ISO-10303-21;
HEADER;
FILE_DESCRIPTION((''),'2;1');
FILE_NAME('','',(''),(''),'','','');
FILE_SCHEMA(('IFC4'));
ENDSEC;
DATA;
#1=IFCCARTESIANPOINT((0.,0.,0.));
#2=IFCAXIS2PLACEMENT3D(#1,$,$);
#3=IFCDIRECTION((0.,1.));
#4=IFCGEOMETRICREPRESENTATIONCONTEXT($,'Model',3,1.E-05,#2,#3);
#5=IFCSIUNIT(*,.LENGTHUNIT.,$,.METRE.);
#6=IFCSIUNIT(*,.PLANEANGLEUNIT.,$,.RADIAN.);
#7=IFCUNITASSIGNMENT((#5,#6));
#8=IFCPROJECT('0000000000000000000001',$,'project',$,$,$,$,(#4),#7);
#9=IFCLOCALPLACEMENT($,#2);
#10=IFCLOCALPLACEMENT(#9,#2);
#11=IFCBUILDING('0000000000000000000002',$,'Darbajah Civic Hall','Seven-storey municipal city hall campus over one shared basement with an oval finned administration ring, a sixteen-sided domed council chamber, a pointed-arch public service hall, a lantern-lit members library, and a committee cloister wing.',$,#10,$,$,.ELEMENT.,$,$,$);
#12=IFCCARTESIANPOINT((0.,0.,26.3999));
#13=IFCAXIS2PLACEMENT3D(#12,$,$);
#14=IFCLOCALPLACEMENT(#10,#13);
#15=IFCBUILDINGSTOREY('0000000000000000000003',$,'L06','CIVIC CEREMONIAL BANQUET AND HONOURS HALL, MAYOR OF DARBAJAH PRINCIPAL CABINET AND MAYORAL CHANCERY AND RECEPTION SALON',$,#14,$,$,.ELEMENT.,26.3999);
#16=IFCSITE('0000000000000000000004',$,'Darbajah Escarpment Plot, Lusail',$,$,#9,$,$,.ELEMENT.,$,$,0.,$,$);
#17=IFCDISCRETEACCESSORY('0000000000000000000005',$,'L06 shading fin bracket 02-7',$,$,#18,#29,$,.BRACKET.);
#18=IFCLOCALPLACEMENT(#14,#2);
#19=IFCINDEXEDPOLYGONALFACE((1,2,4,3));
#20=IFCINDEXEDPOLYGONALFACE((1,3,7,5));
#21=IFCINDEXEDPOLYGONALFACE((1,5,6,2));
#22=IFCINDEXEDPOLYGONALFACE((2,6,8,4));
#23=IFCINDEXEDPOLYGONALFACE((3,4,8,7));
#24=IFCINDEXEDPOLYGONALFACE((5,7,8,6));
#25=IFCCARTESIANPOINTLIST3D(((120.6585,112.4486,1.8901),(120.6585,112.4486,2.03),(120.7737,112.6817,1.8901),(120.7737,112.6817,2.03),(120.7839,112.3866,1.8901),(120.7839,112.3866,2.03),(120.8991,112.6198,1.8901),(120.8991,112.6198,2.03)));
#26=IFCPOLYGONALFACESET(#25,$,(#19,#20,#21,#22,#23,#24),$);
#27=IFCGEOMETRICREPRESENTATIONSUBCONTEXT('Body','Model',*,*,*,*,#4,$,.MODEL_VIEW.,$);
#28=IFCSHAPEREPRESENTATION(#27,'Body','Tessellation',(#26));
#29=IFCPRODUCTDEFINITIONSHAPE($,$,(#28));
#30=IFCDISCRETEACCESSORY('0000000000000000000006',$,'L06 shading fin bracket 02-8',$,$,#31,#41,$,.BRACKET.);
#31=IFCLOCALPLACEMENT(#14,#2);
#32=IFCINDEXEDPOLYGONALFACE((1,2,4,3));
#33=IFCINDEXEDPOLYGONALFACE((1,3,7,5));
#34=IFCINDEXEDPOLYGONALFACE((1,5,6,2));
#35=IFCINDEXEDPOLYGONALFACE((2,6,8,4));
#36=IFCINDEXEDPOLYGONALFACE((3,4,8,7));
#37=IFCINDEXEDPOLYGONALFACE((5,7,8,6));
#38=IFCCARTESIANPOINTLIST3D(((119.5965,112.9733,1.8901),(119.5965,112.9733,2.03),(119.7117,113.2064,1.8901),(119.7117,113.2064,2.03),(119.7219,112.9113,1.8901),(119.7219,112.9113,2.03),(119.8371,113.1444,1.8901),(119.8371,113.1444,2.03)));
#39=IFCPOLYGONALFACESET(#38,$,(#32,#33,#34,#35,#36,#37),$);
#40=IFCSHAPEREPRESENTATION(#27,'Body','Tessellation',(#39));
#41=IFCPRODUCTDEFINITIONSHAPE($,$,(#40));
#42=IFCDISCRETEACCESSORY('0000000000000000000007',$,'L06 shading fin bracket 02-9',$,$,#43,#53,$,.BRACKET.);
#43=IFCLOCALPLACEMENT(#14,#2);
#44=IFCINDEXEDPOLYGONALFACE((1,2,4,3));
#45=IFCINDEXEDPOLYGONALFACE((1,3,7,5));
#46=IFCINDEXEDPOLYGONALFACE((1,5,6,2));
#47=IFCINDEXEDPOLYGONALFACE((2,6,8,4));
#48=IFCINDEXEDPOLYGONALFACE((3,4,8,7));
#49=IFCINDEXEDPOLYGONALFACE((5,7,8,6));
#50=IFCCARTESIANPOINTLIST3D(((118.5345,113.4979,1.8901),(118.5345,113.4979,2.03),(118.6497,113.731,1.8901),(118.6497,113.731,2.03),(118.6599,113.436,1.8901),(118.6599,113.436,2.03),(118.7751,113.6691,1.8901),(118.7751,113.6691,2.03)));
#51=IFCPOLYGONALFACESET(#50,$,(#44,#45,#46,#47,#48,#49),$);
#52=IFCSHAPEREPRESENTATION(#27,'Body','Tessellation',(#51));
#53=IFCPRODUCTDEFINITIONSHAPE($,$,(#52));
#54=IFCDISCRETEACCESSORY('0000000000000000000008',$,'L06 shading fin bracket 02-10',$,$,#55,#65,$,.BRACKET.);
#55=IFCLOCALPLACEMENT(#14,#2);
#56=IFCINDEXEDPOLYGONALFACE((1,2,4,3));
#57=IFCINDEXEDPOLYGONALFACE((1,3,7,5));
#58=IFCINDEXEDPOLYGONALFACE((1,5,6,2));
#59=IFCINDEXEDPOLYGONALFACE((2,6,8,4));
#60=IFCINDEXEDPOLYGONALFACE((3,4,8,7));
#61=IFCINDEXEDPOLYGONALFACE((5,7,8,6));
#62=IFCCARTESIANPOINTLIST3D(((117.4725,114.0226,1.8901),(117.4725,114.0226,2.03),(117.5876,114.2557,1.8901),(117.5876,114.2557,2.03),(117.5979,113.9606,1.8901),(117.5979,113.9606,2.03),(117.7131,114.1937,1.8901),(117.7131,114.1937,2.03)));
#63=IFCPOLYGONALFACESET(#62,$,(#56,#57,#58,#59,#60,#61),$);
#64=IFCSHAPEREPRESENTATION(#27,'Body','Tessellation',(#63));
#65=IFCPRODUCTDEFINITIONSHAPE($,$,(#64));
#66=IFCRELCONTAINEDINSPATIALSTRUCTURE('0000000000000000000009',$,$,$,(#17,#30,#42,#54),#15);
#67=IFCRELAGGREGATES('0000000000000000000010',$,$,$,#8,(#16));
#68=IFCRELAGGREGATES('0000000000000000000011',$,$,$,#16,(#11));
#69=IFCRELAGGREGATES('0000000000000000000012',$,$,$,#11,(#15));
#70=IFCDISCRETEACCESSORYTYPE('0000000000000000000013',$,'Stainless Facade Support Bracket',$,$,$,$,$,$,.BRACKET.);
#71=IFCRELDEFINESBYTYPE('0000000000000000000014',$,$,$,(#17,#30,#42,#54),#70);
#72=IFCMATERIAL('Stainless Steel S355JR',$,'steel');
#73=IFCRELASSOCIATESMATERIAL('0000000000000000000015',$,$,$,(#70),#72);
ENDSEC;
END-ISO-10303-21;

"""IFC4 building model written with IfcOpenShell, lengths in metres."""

from ifc_helpers import new_model, si_unit, direction, frame, origin, origin_2d, place, context, subcontext, project, spatial, rectangle, extrude, material, type_object, element, save


model = new_model("IFC4")

# Units and contexts
model_context = context("Model", 3, precision=1e-05, world=origin(), true_north=direction((0.0, 1.0)))
body_context = subcontext(model_context, "Body", "Model", "MODEL_VIEW")
ifc_project = project(units=[si_unit("LENGTHUNIT", "METRE"), si_unit("PLANEANGLEUNIT", "RADIAN")], contexts=[model_context])

# Site, building, storey
site_placement = place(None, origin())
site = spatial("IfcSite", under=ifc_project, at=site_placement, Name="Darbajah Escarpment Plot, Lusail", CompositionType="ELEMENT", RefElevation=0.0)
building_placement = place(site_placement, origin())
building = spatial("IfcBuilding", under=site, at=building_placement, Name="Darbajah Civic Hall", Description="Seven-storey municipal city hall campus over one shared basement with an oval finned administration ring, a sixteen-sided domed council chamber, a pointed-arch public service hall, a lantern-lit members library, and a committee cloister wing.", CompositionType="ELEMENT")
storey_placement = place(building_placement, frame((0.0, 0.0, 26.3999)))
storey = spatial("IfcBuildingStorey", under=building, at=storey_placement, Name="L06", Description="CIVIC CEREMONIAL BANQUET AND HONOURS HALL, MAYOR OF DARBAJAH PRINCIPAL CABINET AND MAYORAL CHANCERY AND RECEPTION SALON", CompositionType="ELEMENT", Elevation=26.3999)

# Discrete accessories
ifc_material_1 = material(Name="Stainless Steel S355JR", Category="steel")
discrete_accessory_type = type_object("IfcDiscreteAccessoryType", Name="Stainless Facade Support Bracket", PredefinedType="BRACKET", material=ifc_material_1)
for number, where, z_axis, x_axis, name in (
    (1, (120.7788, 112.5342, 1.8901), (0.0, 0.0, 1.0), (0.442915, 0.896564, 0.0), "L06 shading fin bracket 02-7"),
    (2, (119.7168, 113.0588, 1.8901), (0.0, 0.0, 1.0), (0.442915, 0.896564, 0.0), "L06 shading fin bracket 02-8"),
    (3, (118.6548, 113.5835, 1.8901), (0.0, 0.0, 1.0), (0.442915, 0.896564, 0.0), "L06 shading fin bracket 02-9"),
    (4, (117.5928, 114.1082, 1.8901), (0.0, 0.0, 1.0), (0.442915, 0.896564, 0.0), "L06 shading fin bracket 02-10"),
):
    element("IfcDiscreteAccessory", number, at=place(storey_placement, frame(where, z_axis=z_axis, x_axis=x_axis)), inside=storey, type_object=discrete_accessory_type, Name=name, PredefinedType="BRACKET", context=body_context, shape_type="SweptSolid", body=[
        extrude(rectangle(XDim=0.26, YDim=0.1399, at=origin_2d()), origin(), (0.0, 0.0, 1.0), 0.1399),
    ])

save(model, "model.ifc")
